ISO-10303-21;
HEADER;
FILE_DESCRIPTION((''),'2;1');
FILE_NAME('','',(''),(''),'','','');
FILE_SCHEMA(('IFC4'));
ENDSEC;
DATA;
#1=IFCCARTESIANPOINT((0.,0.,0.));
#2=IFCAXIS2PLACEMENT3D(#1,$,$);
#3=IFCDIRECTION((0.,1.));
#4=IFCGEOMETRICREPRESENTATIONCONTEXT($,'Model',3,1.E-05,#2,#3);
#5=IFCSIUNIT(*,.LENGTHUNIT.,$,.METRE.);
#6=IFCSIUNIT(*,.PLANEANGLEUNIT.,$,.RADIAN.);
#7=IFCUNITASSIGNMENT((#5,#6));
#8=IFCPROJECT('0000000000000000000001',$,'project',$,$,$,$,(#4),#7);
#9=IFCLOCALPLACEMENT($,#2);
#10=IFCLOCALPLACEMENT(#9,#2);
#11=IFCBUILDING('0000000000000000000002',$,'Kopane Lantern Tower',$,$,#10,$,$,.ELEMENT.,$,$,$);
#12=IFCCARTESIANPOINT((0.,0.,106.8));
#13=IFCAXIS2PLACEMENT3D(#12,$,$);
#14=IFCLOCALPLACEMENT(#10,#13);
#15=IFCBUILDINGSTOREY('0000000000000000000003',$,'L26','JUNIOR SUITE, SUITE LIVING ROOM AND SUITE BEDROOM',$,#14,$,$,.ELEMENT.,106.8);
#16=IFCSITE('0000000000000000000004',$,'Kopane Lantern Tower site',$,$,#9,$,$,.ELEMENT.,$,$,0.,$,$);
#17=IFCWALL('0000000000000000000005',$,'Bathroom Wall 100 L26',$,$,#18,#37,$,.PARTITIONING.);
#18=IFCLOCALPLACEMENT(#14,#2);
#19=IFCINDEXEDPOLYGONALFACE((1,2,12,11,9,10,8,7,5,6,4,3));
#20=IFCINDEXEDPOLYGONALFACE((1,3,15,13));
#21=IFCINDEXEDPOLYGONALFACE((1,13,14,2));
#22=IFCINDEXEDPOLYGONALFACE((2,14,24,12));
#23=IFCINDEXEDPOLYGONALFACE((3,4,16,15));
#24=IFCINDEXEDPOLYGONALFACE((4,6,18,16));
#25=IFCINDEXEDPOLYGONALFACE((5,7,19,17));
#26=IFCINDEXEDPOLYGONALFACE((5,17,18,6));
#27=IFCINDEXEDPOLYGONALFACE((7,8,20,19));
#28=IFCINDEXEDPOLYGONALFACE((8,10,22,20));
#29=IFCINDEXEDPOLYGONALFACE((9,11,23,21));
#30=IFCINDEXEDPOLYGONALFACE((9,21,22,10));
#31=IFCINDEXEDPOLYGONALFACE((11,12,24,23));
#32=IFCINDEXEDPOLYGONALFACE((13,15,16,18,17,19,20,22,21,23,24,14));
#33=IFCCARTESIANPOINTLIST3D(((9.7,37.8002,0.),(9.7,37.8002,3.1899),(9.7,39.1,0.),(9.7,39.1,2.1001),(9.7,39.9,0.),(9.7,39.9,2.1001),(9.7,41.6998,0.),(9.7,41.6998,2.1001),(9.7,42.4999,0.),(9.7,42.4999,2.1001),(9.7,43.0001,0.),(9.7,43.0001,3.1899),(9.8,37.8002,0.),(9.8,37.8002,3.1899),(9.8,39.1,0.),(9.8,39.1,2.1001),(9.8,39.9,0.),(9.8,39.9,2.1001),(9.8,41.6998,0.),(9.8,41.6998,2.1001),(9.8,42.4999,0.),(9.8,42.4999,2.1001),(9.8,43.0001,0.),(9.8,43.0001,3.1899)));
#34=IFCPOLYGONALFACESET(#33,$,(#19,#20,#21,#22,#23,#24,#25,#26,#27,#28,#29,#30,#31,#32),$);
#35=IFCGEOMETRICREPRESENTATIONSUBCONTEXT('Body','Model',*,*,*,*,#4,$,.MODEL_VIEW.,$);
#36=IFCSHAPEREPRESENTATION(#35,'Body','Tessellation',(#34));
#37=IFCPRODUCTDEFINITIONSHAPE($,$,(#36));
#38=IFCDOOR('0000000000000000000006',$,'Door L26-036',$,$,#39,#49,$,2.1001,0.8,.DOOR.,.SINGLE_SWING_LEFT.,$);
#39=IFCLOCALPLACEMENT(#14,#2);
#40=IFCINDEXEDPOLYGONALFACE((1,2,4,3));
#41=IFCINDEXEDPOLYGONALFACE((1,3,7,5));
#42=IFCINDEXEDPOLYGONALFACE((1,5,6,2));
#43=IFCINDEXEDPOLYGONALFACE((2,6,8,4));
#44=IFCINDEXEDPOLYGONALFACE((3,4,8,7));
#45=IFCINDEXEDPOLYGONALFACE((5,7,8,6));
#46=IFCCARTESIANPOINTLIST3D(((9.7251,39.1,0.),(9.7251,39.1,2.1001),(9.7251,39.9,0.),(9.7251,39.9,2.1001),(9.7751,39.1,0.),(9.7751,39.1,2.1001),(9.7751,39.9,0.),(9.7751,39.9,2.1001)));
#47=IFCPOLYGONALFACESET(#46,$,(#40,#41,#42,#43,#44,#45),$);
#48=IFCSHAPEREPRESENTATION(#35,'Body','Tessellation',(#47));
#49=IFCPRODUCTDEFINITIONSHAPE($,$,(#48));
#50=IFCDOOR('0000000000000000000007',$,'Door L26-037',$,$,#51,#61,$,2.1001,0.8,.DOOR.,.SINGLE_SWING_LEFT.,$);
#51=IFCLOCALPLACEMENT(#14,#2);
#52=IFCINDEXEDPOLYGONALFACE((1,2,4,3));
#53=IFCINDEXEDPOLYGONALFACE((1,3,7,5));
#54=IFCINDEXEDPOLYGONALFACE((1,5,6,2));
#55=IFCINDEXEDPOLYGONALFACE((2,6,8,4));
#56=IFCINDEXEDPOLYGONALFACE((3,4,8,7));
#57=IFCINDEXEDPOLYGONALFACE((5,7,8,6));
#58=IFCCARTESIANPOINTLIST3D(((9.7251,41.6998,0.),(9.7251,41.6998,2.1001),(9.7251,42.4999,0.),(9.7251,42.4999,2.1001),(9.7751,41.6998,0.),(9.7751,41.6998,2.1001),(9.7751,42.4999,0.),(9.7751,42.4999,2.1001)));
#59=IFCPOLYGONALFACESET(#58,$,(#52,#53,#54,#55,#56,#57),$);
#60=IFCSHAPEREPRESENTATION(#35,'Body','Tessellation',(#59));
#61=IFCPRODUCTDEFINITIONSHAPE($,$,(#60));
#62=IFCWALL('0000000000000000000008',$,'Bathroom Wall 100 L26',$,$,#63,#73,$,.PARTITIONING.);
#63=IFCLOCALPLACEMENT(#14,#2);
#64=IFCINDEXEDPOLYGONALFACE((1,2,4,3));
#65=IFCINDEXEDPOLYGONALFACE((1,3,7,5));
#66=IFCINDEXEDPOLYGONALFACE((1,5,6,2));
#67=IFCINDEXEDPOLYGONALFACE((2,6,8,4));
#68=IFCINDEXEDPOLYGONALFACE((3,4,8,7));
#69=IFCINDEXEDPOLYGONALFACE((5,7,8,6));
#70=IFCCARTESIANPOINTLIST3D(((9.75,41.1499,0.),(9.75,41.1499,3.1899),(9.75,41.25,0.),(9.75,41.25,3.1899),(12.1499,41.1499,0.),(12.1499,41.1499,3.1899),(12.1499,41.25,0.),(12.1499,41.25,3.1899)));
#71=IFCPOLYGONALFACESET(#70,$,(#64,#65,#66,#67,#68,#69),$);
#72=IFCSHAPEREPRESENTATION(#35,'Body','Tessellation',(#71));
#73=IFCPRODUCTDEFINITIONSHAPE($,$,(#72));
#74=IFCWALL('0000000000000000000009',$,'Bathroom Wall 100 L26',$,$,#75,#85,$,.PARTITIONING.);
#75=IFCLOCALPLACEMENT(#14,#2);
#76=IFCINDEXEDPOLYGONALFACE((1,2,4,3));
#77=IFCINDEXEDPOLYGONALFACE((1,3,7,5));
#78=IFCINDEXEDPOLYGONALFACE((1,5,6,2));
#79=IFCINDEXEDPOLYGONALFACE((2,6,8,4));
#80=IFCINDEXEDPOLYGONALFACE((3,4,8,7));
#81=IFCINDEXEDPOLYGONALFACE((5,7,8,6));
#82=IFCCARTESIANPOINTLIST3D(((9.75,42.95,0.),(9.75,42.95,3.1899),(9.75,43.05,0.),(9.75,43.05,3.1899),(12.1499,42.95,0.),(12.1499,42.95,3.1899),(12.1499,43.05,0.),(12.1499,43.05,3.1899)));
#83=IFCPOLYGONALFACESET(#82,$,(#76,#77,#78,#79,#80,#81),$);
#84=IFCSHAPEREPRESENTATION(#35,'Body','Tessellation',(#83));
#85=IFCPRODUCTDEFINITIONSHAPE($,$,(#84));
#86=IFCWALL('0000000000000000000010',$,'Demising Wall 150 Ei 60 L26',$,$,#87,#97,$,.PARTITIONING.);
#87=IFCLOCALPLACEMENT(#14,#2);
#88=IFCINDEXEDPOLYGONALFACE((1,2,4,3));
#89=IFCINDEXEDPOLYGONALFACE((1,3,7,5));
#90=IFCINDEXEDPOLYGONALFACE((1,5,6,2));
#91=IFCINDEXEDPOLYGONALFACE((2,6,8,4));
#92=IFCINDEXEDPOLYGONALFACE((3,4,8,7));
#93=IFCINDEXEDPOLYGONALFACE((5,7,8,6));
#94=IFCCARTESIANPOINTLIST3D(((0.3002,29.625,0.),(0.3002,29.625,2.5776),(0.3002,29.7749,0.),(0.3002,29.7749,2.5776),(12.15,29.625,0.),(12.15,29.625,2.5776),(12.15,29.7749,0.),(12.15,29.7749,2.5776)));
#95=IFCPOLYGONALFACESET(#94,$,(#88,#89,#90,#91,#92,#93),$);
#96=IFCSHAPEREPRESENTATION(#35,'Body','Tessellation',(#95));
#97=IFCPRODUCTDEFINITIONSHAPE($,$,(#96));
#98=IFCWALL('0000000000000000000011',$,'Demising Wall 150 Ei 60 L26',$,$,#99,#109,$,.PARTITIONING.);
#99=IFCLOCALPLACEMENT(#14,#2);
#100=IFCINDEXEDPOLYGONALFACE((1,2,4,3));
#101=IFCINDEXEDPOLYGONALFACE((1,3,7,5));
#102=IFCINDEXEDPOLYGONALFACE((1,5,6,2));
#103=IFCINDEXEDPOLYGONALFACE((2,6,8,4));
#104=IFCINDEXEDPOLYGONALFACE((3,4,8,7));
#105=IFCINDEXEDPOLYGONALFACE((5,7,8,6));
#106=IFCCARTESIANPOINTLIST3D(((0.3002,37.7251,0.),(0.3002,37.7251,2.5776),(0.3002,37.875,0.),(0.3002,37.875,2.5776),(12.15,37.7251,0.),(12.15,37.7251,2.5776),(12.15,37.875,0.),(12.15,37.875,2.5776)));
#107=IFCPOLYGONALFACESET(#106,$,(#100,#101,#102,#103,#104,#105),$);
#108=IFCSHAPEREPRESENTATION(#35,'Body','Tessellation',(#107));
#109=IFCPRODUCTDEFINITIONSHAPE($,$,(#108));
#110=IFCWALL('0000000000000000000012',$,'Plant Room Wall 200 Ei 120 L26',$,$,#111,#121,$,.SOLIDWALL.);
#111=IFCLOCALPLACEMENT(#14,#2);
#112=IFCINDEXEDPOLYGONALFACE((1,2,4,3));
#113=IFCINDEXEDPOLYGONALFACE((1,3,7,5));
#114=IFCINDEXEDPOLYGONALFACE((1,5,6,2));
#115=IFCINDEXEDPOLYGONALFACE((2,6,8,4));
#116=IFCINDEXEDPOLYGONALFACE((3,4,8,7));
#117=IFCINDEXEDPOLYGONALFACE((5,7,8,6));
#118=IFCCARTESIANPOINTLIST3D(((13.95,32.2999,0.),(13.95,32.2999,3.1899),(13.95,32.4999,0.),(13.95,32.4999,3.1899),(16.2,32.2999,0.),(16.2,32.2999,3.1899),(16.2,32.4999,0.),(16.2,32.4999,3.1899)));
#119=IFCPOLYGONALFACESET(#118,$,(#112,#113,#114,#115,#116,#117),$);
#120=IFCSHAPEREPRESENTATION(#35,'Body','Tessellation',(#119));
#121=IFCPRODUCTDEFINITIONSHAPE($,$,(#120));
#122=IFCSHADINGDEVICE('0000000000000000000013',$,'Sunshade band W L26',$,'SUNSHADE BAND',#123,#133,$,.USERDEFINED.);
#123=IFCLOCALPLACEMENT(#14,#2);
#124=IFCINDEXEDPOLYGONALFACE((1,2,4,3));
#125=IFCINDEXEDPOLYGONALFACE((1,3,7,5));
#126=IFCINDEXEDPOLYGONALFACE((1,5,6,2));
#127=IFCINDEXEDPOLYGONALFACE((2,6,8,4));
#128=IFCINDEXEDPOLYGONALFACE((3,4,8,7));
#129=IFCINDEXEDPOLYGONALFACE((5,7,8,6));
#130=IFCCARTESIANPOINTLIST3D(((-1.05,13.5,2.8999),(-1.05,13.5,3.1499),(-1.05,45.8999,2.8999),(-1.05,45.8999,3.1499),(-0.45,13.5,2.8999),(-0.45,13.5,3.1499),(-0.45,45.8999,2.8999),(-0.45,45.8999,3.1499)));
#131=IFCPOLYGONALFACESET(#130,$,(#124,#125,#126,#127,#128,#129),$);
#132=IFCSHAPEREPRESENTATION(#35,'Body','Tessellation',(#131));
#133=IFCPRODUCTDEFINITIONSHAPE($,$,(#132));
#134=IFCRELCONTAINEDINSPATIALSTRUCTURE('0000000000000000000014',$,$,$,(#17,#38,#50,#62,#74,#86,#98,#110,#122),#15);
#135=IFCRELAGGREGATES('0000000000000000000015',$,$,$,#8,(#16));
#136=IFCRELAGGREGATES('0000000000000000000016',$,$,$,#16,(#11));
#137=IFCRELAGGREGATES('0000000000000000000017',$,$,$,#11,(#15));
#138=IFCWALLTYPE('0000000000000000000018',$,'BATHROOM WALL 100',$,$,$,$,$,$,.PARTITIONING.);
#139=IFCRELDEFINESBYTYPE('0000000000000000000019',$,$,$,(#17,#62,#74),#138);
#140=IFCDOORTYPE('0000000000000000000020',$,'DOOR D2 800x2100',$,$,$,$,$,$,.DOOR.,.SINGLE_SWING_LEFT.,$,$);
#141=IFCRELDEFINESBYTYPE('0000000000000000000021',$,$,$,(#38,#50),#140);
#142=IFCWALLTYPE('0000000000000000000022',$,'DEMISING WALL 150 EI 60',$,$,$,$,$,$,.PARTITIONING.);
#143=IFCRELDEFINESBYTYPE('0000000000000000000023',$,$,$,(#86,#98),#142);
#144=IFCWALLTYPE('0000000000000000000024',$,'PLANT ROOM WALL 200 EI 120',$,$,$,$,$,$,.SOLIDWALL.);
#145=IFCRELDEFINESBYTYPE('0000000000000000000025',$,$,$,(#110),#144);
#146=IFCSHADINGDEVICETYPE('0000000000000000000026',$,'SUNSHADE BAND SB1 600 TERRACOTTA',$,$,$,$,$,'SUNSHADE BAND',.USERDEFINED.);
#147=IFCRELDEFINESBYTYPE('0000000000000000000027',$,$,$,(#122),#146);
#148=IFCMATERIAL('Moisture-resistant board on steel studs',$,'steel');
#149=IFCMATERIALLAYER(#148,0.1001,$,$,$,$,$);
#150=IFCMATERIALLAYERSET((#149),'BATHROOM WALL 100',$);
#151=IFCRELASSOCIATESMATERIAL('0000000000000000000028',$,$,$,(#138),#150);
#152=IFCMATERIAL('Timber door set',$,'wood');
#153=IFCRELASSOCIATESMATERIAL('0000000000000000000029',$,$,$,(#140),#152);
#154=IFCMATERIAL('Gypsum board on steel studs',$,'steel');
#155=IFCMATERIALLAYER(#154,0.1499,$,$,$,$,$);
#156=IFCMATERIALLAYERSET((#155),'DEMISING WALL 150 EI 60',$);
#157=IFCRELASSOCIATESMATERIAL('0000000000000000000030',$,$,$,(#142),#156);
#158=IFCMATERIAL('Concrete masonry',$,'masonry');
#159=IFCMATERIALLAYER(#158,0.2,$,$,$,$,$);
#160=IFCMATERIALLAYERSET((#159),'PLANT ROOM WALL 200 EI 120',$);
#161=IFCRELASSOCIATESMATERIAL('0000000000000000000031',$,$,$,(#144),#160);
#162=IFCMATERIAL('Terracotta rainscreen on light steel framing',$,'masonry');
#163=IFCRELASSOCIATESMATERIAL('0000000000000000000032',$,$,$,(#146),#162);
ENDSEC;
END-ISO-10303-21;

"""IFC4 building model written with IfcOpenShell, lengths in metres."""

from ifc_helpers import new_model, si_unit, direction, frame, frame_2d, origin, origin_2d, place, context, subcontext, project, spatial, rectangle, extrude, material, layer, layer_set, type_object, element, fill, save


model = new_model("IFC4")

# Units and contexts
model_context = context("Model", 3, precision=1e-05, world=origin(), true_north=direction((0.0, 1.0)))
body_context = subcontext(model_context, "Body", "Model", "MODEL_VIEW")
ifc_project = project(units=[si_unit("LENGTHUNIT", "METRE"), si_unit("PLANEANGLEUNIT", "RADIAN")], contexts=[model_context])

# Site, building, storey
site_placement = place(None, origin())
site = spatial("IfcSite", under=ifc_project, at=site_placement, Name="Kopane Lantern Tower site", CompositionType="ELEMENT", RefElevation=0.0)
building_placement = place(site_placement, origin())
building = spatial("IfcBuilding", under=site, at=building_placement, Name="Kopane Lantern Tower", CompositionType="ELEMENT")
storey_placement = place(building_placement, frame((0.0, 0.0, 106.8)))
storey = spatial("IfcBuildingStorey", under=building, at=storey_placement, Name="L26", Description="JUNIOR SUITE, SUITE LIVING ROOM AND SUITE BEDROOM", CompositionType="ELEMENT", Elevation=106.8)

# Shared definitions
ifc_material_1 = material(Name="Moisture-resistant board on steel studs", Category="steel")
ifc_layer_1 = layer(ifc_material_1, 0.1001)
ifc_layer_set_1 = layer_set([ifc_layer_1], Name="BATHROOM WALL 100")
wall_type_1 = type_object("IfcWallType", Name="BATHROOM WALL 100", PredefinedType="PARTITIONING", material=ifc_layer_set_1)
ifc_material_2 = material(Name="Timber door set", Category="wood")
door_type = type_object("IfcDoorType", Name="DOOR D2 800x2100", OperationType="SINGLE_SWING_LEFT", PredefinedType="DOOR", material=ifc_material_2)

# Wall, openings, doors
wall_1_placement = place(storey_placement, frame((9.75, 37.8, 0.0), z_axis=(0.0, 0.0, 1.0), x_axis=(0.0, 1.0, 0.0)))
wall_1 = element("IfcWall", 1, at=wall_1_placement, inside=storey, type_object=wall_type_1, Name="Bathroom Wall 100 L26", PredefinedType="PARTITIONING", context=body_context, shape_type="SweptSolid", body=[
    extrude(rectangle(XDim=5.2, YDim=0.1001, at=frame_2d((2.6001, 0.0))), origin(), (0.0, 0.0, 1.0), 3.1899),
])
opening_1_placement = place(wall_1_placement, frame((1.3, 0.0, 0.0)))
opening_1 = element("IfcOpeningElement", 2, at=opening_1_placement, cuts=wall_1, PredefinedType="OPENING", context=body_context, shape_type="SweptSolid", body=[
    extrude(rectangle(XDim=0.8, YDim=2.1001, at=frame_2d((0.3999, 1.05))), frame((0.0, 0.0601, 0.0), z_axis=(0.0, -1.0, 0.0), x_axis=(1.0, 0.0, 0.0)), (0.0, 0.0, 1.0), 0.1201),
])
opening_2_placement = place(wall_1_placement, frame((3.8999, 0.0, 0.0)))
opening_2 = element("IfcOpeningElement", 3, at=opening_2_placement, cuts=wall_1, PredefinedType="OPENING", context=body_context, shape_type="SweptSolid", body=[
    extrude(rectangle(XDim=0.8, YDim=2.1001, at=frame_2d((0.3999, 1.05))), frame((0.0, 0.0601, 0.0), z_axis=(0.0, -1.0, 0.0), x_axis=(1.0, 0.0, 0.0)), (0.0, 0.0, 1.0), 0.1201),
])
door_1_placement = place(opening_1_placement, origin())
door_1 = element("IfcDoor", 4, at=door_1_placement, inside=storey, type_object=door_type, Name="Door L26-036", OperationType="SINGLE_SWING_LEFT", OverallHeight=2.1001, OverallWidth=0.8, PredefinedType="DOOR", context=body_context, shape_type="SweptSolid", body=[
    extrude(rectangle(XDim=0.8, YDim=2.1001, at=frame_2d((0.3999, 1.05))), frame((0.0, 0.0249, 0.0), z_axis=(0.0, -1.0, 0.0), x_axis=(1.0, 0.0, 0.0)), (0.0, 0.0, 1.0), 0.05),
])
fill(opening_1, door_1)
door_2_placement = place(opening_2_placement, origin())
door_2 = element("IfcDoor", 5, at=door_2_placement, inside=storey, type_object=door_type, Name="Door L26-037", OperationType="SINGLE_SWING_LEFT", OverallHeight=2.1001, OverallWidth=0.8, PredefinedType="DOOR", context=body_context, shape_type="SweptSolid", body=[
    extrude(rectangle(XDim=0.8, YDim=2.1001, at=frame_2d((0.3999, 1.05))), frame((0.0, 0.0249, 0.0), z_axis=(0.0, -1.0, 0.0), x_axis=(1.0, 0.0, 0.0)), (0.0, 0.0, 1.0), 0.05),
])
fill(opening_2, door_2)

# Walls
for number, where, z_axis, x_axis, name in (
    (6, (12.1499, 41.2, 0.0), (0.0, 0.0, 1.0), (-1.0, 0.0, 0.0), "Bathroom Wall 100 L26"),
    (7, (12.1499, 43.0, 0.0), (0.0, 0.0, 1.0), (-1.0, 0.0, 0.0), "Bathroom Wall 100 L26"),
):
    element("IfcWall", number, at=place(storey_placement, frame(where, z_axis=z_axis, x_axis=x_axis)), inside=storey, type_object=wall_type_1, Name=name, PredefinedType="PARTITIONING", context=body_context, shape_type="SweptSolid", body=[
        extrude(rectangle(XDim=2.3999, YDim=0.1001, at=frame_2d((1.2, 0.0))), origin(), (0.0, 0.0, 1.0), 3.1899),
    ])
ifc_material_3 = material(Name="Gypsum board on steel studs", Category="steel")
ifc_layer_2 = layer(ifc_material_3, 0.1499)
ifc_layer_set_2 = layer_set([ifc_layer_2], Name="DEMISING WALL 150 EI 60")
wall_type_2 = type_object("IfcWallType", Name="DEMISING WALL 150 EI 60", PredefinedType="PARTITIONING", material=ifc_layer_set_2)
for number, where, z_axis, x_axis, name in (
    (8, (12.1499, 29.7, 0.0), (0.0, 0.0, 1.0), (-1.0, 0.0, 0.0), "Demising Wall 150 Ei 60 L26"),
    (9, (12.1499, 37.8, 0.0), (0.0, 0.0, 1.0), (-1.0, 0.0, 0.0), "Demising Wall 150 Ei 60 L26"),
):
    element("IfcWall", number, at=place(storey_placement, frame(where, z_axis=z_axis, x_axis=x_axis)), inside=storey, type_object=wall_type_2, Name=name, PredefinedType="PARTITIONING", context=body_context, shape_type="SweptSolid", body=[
        extrude(rectangle(XDim=11.8499, YDim=0.1499, at=frame_2d((5.9248, 0.0))), origin(), (0.0, 0.0, 1.0), 2.5776),
    ])
ifc_material_4 = material(Name="Concrete masonry", Category="masonry")
ifc_layer_3 = layer(ifc_material_4, 0.2)
ifc_layer_set_3 = layer_set([ifc_layer_3], Name="PLANT ROOM WALL 200 EI 120")
wall_type_3 = type_object("IfcWallType", Name="PLANT ROOM WALL 200 EI 120", PredefinedType="SOLIDWALL", material=ifc_layer_set_3)
wall_2_placement = place(storey_placement, frame((13.95, 32.3999, 0.0), z_axis=(0.0, 0.0, 1.0), x_axis=(1.0, 0.0, 0.0)))
element("IfcWall", 10, at=wall_2_placement, inside=storey, type_object=wall_type_3, Name="Plant Room Wall 200 Ei 120 L26", PredefinedType="SOLIDWALL", context=body_context, shape_type="SweptSolid", body=[
    extrude(rectangle(XDim=2.25, YDim=0.2, at=frame_2d((1.125, 0.0))), origin(), (0.0, 0.0, 1.0), 3.1899),
])

# Shading device
ifc_material_5 = material(Name="Terracotta rainscreen on light steel framing", Category="masonry")
shading_device_type = type_object("IfcShadingDeviceType", Name="SUNSHADE BAND SB1 600 TERRACOTTA", ElementType="SUNSHADE BAND", PredefinedType="USERDEFINED", material=ifc_material_5)
shading_device_placement = place(storey_placement, frame((-0.75, 29.7, 2.8999), z_axis=(0.0, 0.0, 1.0), x_axis=(0.0, -1.0, 0.0)))
element("IfcShadingDevice", 11, at=shading_device_placement, inside=storey, type_object=shading_device_type, Name="Sunshade band W L26", ObjectType="SUNSHADE BAND", PredefinedType="USERDEFINED", context=body_context, shape_type="SweptSolid", body=[
    extrude(rectangle(XDim=32.3999, YDim=0.6001, at=origin_2d()), origin(), (0.0, 0.0, 1.0), 0.25),
])

save(model, "model.ifc")
